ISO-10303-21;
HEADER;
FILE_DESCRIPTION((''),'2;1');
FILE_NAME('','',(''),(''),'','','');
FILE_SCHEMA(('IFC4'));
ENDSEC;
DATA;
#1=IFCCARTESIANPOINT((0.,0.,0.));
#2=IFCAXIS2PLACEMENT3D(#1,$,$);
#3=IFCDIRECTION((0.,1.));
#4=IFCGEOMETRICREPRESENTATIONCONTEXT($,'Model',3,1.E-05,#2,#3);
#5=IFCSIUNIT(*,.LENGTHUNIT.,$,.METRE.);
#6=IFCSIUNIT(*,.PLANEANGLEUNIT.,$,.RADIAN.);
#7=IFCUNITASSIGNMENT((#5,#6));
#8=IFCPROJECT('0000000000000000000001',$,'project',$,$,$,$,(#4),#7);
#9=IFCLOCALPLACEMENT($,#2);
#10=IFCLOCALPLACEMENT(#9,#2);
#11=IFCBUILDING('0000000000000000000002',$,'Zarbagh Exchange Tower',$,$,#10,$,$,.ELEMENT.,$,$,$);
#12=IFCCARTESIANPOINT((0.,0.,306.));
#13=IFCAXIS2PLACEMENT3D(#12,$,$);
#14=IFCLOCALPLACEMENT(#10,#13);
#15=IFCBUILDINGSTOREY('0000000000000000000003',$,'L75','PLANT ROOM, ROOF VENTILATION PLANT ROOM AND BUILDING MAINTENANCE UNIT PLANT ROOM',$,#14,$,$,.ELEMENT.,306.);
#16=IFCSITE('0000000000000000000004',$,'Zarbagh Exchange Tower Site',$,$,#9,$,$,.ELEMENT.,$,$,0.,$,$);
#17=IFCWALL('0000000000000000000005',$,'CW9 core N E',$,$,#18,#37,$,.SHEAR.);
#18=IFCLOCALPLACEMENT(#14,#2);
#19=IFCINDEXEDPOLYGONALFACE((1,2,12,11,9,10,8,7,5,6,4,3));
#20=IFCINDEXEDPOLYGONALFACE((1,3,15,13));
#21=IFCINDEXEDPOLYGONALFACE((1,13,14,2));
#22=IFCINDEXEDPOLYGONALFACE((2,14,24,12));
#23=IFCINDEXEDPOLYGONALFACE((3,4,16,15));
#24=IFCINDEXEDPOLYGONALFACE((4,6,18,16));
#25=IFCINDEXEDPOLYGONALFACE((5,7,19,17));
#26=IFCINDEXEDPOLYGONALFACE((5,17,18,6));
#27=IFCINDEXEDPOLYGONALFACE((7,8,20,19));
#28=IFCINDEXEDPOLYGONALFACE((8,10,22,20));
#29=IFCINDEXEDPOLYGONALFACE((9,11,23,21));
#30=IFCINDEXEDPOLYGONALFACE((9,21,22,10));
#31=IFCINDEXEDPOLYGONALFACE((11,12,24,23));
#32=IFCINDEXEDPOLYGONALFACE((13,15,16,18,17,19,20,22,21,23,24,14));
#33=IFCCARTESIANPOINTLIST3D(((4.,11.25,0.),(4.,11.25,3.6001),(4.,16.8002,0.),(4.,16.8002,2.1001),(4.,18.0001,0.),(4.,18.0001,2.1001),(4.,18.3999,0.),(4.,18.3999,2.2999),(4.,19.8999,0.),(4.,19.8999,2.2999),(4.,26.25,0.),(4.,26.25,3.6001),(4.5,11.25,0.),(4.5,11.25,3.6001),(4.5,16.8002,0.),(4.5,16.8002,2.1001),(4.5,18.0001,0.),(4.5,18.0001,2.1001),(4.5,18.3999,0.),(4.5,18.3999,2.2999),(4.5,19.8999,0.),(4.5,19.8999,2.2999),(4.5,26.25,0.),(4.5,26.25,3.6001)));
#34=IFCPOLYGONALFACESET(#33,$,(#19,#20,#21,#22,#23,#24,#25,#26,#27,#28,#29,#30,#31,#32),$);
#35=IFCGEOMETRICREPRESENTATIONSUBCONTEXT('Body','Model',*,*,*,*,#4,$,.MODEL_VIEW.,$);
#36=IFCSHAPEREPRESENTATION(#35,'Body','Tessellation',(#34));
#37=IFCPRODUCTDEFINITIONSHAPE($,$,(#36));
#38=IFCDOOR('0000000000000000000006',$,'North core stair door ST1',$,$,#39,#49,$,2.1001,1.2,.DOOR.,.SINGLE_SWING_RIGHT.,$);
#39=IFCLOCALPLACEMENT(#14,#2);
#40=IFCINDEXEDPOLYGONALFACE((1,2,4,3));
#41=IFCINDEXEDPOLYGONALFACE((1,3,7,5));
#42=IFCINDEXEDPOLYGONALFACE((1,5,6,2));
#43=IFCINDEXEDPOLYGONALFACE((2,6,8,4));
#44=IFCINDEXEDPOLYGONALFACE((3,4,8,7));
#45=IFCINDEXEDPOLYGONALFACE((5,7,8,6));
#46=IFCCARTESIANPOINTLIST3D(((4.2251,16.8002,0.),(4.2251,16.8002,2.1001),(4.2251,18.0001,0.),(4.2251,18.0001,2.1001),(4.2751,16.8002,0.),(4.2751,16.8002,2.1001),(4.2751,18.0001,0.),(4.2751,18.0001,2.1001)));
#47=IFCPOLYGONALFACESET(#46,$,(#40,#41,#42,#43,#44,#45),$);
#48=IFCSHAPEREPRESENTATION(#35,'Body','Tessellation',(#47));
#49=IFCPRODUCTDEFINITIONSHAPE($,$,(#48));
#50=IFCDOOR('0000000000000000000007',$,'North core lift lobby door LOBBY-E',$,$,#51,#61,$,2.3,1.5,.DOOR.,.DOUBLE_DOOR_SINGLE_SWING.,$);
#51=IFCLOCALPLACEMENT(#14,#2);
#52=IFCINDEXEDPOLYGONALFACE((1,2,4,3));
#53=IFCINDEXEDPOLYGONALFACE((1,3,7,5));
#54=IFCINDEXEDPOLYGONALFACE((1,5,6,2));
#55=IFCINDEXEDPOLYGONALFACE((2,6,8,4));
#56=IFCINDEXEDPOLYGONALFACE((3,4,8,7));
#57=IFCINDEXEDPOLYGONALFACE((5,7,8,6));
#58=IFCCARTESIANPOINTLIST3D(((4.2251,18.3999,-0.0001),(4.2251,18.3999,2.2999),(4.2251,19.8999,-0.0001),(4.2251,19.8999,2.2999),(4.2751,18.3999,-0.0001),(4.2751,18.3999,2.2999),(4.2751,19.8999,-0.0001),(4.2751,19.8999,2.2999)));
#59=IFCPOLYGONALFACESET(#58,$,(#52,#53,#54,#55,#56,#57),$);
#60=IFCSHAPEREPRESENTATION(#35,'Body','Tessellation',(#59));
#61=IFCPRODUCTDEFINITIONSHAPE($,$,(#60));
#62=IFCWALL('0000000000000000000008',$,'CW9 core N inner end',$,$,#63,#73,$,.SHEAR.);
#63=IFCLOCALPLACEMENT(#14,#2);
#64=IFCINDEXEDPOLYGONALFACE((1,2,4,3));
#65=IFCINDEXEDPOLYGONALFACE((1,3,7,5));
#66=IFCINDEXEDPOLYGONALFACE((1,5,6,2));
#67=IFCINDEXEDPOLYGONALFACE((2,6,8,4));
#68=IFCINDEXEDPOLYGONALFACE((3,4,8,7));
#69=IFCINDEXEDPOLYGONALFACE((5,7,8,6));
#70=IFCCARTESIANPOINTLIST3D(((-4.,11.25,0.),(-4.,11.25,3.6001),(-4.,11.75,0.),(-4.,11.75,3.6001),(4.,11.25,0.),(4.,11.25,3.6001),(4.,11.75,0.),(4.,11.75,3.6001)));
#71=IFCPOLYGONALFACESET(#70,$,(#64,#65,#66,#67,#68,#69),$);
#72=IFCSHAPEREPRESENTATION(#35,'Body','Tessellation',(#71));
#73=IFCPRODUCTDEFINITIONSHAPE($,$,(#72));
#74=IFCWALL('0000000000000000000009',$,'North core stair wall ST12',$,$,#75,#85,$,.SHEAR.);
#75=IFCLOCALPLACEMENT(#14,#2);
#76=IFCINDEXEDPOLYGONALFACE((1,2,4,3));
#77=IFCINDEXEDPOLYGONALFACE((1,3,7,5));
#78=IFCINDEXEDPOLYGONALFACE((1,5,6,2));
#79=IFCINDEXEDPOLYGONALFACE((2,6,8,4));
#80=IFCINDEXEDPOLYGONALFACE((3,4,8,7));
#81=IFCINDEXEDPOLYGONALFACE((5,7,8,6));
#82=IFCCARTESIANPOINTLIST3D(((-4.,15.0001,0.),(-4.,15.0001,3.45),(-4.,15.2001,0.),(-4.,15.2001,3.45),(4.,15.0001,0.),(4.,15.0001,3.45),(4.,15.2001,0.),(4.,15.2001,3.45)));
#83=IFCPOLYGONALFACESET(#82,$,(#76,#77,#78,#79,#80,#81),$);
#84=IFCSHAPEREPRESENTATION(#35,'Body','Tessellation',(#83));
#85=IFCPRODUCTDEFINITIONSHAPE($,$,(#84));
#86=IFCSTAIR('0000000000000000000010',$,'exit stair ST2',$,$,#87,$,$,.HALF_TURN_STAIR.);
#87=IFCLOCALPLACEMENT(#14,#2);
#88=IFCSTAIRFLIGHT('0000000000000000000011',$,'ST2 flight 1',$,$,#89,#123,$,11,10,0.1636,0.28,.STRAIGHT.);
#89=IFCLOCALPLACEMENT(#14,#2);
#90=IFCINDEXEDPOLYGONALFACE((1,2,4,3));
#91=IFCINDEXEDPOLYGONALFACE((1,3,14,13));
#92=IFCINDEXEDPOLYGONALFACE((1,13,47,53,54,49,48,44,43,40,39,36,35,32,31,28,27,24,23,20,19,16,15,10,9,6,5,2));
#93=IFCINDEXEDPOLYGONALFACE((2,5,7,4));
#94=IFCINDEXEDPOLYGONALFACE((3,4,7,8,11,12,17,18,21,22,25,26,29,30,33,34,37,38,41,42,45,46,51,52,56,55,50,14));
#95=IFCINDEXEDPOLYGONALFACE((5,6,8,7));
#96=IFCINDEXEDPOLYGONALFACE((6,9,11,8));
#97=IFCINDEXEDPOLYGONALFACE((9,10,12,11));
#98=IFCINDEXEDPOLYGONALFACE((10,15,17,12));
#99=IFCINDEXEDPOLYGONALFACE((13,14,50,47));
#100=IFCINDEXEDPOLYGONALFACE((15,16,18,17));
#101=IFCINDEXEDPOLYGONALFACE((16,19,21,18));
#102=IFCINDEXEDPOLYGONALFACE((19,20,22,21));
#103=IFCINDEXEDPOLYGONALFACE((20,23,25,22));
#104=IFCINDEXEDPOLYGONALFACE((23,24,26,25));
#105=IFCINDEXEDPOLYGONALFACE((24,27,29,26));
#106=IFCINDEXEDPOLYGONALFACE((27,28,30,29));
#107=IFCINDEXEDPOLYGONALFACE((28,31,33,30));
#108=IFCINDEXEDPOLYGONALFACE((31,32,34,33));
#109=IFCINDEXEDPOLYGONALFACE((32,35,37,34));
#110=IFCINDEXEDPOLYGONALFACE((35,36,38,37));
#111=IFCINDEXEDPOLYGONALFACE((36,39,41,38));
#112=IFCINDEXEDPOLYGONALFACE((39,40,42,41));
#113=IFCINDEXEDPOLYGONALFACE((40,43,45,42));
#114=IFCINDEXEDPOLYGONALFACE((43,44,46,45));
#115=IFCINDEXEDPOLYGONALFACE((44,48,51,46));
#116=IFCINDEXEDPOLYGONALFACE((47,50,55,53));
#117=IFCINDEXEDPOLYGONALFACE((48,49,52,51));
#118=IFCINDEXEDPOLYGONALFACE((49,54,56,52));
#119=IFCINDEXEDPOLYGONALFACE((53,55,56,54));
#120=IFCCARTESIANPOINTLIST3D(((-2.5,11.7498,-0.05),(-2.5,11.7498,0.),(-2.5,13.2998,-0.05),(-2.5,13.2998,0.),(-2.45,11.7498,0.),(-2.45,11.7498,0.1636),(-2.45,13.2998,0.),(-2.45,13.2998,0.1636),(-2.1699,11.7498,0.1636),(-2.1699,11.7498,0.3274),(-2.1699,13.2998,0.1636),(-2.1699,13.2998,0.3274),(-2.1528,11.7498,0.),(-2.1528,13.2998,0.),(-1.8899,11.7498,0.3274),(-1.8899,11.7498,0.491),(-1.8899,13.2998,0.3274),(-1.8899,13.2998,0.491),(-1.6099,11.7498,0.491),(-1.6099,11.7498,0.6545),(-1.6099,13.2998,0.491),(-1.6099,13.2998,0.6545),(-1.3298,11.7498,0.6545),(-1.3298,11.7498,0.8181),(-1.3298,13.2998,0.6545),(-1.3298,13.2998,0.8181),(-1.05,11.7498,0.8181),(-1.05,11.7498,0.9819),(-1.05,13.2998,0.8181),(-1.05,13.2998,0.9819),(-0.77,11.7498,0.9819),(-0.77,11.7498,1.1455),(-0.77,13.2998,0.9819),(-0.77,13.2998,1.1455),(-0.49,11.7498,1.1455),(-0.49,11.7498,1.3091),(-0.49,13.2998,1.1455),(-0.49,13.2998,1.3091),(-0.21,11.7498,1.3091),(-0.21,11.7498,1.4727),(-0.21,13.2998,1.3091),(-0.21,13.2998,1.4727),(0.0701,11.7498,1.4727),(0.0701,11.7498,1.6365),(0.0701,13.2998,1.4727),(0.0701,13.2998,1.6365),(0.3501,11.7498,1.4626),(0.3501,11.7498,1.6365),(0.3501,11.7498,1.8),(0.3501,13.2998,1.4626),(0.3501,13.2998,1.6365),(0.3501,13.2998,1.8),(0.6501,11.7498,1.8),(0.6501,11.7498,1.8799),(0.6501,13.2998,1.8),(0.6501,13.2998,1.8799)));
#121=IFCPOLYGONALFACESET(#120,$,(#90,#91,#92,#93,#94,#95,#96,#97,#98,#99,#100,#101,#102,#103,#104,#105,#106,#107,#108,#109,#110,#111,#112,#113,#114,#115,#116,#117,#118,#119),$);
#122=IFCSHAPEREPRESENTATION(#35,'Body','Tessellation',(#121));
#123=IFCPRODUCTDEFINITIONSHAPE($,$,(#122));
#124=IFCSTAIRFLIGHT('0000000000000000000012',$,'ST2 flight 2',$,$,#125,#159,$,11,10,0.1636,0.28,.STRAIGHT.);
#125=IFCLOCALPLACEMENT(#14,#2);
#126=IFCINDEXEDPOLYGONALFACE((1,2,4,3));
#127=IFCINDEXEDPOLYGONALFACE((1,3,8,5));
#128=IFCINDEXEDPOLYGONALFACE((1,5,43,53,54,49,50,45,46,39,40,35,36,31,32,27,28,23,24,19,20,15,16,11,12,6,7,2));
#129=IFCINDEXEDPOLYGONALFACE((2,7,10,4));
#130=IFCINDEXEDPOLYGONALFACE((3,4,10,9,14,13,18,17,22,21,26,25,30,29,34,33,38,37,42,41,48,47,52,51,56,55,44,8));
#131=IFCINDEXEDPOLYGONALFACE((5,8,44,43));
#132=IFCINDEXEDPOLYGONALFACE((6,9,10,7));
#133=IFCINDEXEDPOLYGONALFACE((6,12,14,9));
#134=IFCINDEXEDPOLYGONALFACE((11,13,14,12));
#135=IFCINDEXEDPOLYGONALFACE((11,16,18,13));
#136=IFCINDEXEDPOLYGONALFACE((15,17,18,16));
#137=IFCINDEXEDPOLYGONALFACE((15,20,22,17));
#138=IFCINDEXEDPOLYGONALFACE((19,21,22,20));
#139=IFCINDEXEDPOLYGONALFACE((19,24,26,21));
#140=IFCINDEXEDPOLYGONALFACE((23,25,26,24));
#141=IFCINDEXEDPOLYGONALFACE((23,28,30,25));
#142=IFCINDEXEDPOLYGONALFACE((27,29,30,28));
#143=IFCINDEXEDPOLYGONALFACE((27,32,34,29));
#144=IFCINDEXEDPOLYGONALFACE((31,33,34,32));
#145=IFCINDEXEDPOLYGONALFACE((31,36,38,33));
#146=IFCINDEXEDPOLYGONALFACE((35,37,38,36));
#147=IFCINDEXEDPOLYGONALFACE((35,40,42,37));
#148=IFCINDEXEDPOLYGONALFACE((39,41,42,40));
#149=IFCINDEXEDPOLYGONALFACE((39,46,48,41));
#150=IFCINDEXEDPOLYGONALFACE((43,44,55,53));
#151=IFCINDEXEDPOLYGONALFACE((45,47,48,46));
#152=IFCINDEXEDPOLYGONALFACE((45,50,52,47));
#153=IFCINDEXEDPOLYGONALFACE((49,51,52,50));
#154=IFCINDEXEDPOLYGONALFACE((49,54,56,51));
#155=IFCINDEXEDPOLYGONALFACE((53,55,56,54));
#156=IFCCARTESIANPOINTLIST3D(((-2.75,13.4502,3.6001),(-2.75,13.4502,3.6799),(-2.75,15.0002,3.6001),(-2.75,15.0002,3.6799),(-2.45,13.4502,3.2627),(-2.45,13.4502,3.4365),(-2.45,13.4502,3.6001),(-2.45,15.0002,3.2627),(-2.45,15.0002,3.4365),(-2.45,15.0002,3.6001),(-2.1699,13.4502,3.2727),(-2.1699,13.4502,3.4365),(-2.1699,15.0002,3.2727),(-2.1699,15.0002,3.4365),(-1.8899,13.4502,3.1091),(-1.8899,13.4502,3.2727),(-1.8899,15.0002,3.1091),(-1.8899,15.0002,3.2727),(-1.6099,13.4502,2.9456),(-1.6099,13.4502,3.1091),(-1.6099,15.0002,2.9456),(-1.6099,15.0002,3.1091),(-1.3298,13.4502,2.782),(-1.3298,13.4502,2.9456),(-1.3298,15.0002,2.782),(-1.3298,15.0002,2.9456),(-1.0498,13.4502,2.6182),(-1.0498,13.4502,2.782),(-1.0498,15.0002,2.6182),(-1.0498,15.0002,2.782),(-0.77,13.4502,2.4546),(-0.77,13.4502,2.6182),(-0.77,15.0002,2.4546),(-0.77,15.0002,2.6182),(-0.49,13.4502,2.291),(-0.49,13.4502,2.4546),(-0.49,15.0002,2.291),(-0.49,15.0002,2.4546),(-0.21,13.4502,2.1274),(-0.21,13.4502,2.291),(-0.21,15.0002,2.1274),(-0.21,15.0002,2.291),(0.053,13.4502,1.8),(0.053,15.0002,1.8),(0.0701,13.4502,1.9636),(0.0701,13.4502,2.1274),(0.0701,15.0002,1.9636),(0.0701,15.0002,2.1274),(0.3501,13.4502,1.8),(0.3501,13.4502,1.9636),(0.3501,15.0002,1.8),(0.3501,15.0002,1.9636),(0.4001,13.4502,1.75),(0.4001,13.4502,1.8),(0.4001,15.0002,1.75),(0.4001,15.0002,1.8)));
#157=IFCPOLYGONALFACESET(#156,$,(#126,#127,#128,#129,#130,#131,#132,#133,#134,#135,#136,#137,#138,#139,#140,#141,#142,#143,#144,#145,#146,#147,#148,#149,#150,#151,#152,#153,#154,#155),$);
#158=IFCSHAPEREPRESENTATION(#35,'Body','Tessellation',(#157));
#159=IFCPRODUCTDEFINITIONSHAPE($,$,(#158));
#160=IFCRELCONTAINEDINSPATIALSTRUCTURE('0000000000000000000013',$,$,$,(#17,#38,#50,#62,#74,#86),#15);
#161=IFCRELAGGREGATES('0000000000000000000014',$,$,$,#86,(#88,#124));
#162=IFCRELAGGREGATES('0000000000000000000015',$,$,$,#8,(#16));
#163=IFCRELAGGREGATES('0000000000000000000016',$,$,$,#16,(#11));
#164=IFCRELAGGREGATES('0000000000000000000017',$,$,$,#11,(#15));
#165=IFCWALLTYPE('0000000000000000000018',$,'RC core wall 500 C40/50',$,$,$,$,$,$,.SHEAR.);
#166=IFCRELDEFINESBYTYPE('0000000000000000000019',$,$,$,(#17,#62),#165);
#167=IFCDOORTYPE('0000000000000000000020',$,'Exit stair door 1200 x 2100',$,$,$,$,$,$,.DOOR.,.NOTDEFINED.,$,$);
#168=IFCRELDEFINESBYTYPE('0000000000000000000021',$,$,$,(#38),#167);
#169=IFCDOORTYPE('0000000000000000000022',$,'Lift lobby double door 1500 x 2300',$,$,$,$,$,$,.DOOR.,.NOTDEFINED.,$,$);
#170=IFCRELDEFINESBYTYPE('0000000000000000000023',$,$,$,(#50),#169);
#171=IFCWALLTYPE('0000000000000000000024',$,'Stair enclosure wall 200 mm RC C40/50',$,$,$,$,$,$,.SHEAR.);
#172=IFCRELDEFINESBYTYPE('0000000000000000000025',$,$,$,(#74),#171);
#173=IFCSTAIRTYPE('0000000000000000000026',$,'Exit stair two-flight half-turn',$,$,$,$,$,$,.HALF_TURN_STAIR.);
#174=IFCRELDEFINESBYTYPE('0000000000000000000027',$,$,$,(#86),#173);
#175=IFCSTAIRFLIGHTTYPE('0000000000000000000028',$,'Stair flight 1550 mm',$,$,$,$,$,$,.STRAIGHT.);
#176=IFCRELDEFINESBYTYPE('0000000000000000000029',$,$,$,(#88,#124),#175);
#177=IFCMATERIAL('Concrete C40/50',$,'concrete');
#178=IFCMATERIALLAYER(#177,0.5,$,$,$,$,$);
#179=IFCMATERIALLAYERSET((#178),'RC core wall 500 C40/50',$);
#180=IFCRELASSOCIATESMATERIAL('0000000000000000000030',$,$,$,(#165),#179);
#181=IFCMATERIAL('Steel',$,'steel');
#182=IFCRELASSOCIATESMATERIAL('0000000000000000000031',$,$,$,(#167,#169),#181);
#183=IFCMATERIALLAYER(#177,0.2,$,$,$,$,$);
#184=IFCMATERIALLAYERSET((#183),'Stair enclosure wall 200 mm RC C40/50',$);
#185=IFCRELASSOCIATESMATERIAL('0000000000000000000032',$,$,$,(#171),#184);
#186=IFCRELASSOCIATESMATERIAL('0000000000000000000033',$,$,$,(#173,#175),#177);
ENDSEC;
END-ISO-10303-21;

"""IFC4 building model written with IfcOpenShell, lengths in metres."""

from ifc_helpers import new_model, si_unit, direction, frame, frame_2d, origin, place, context, subcontext, project, spatial, polyline, rectangle, outline, extrude, material, layer, layer_set, type_object, element, fill, aggregate, save


model = new_model("IFC4")

# Units and contexts
model_context = context("Model", 3, precision=1e-05, world=origin(), true_north=direction((0.0, 1.0)))
body_context = subcontext(model_context, "Body", "Model", "MODEL_VIEW")
ifc_project = project(units=[si_unit("LENGTHUNIT", "METRE"), si_unit("PLANEANGLEUNIT", "RADIAN")], contexts=[model_context])

# Site, building, storey
site_placement = place(None, origin())
site = spatial("IfcSite", under=ifc_project, at=site_placement, Name="Zarbagh Exchange Tower Site", CompositionType="ELEMENT", RefElevation=0.0)
building_placement = place(site_placement, origin())
building = spatial("IfcBuilding", under=site, at=building_placement, Name="Zarbagh Exchange Tower", CompositionType="ELEMENT")
storey_placement = place(building_placement, frame((0.0, 0.0, 306.0)))
storey = spatial("IfcBuildingStorey", under=building, at=storey_placement, Name="L75", Description="PLANT ROOM, ROOF VENTILATION PLANT ROOM AND BUILDING MAINTENANCE UNIT PLANT ROOM", CompositionType="ELEMENT", Elevation=306.0)

# Shared definitions
ifc_material_1 = material(Name="Concrete C40/50", Category="concrete")

# Wall, openings, doors
ifc_layer_1 = layer(ifc_material_1, 0.5)
ifc_layer_set_1 = layer_set([ifc_layer_1], Name="RC core wall 500 C40/50")
wall_type_1 = type_object("IfcWallType", Name="RC core wall 500 C40/50", PredefinedType="SHEAR", material=ifc_layer_set_1)
ifc_material_2 = material(Name="Steel", Category="steel")
door_type_1 = type_object("IfcDoorType", Name="Exit stair door 1200 x 2100", OperationType="NOTDEFINED", PredefinedType="DOOR", material=ifc_material_2)
door_type_2 = type_object("IfcDoorType", Name="Lift lobby double door 1500 x 2300", OperationType="NOTDEFINED", PredefinedType="DOOR", material=ifc_material_2)
wall_1_placement = place(storey_placement, frame((4.25, 11.25, 0.0), z_axis=(0.0, 0.0, 1.0), x_axis=(0.0, 1.0, 0.0)))
wall_1 = element("IfcWall", 1, at=wall_1_placement, inside=storey, type_object=wall_type_1, Name="CW9 core N E", PredefinedType="SHEAR", context=body_context, shape_type="SweptSolid", body=[
    extrude(rectangle(XDim=15.0, YDim=0.5, at=frame_2d((7.5, 0.0))), origin(), (0.0, 0.0, 1.0), 3.6001),
])
opening_1_placement = place(wall_1_placement, frame((7.1499, 0.0, 0.0)))
opening_1 = element("IfcOpeningElement", 2, at=opening_1_placement, cuts=wall_1, PredefinedType="OPENING", context=body_context, shape_type="SweptSolid", body=[
    extrude(rectangle(XDim=1.5, YDim=2.3, at=frame_2d((0.75, 1.1499))), frame((0.0, 0.26, 0.0), z_axis=(0.0, -1.0, 0.0), x_axis=(1.0, 0.0, 0.0)), (0.0, 0.0, 1.0), 0.52),
])
opening_2_placement = place(wall_1_placement, frame((5.55, 0.0, 0.0)))
opening_2 = element("IfcOpeningElement", 3, at=opening_2_placement, cuts=wall_1, PredefinedType="OPENING", context=body_context, shape_type="SweptSolid", body=[
    extrude(rectangle(XDim=1.2, YDim=2.1001, at=frame_2d((0.6001, 1.05))), frame((0.0, 0.26, 0.0), z_axis=(0.0, -1.0, 0.0), x_axis=(1.0, 0.0, 0.0)), (0.0, 0.0, 1.0), 0.52),
])
door_1_placement = place(opening_2_placement, origin())
door_1 = element("IfcDoor", 4, at=door_1_placement, inside=storey, type_object=door_type_1, Name="North core stair door ST1", OperationType="SINGLE_SWING_RIGHT", OverallHeight=2.1001, OverallWidth=1.2, PredefinedType="DOOR", context=body_context, shape_type="SweptSolid", body=[
    extrude(rectangle(XDim=1.2, YDim=2.1001, at=frame_2d((0.6001, 1.05))), frame((0.0, 0.0249, 0.0), z_axis=(0.0, -1.0, 0.0), x_axis=(1.0, 0.0, 0.0)), (0.0, 0.0, 1.0), 0.05),
])
fill(opening_2, door_1)
door_2_placement = place(opening_1_placement, origin())
door_2 = element("IfcDoor", 5, at=door_2_placement, inside=storey, type_object=door_type_2, Name="North core lift lobby door LOBBY-E", OperationType="DOUBLE_DOOR_SINGLE_SWING", OverallHeight=2.3, OverallWidth=1.5, PredefinedType="DOOR", context=body_context, shape_type="SweptSolid", body=[
    extrude(rectangle(XDim=1.5, YDim=2.3, at=frame_2d((0.75, 1.1499))), frame((0.0, 0.0249, 0.0), z_axis=(0.0, -1.0, 0.0), x_axis=(1.0, 0.0, 0.0)), (0.0, 0.0, 1.0), 0.05),
])
fill(opening_1, door_2)

# Walls
wall_2_placement = place(storey_placement, frame((-4.0, 11.5, 0.0), z_axis=(0.0, 0.0, 1.0), x_axis=(1.0, 0.0, 0.0)))
element("IfcWall", 6, at=wall_2_placement, inside=storey, type_object=wall_type_1, Name="CW9 core N inner end", PredefinedType="SHEAR", context=body_context, shape_type="SweptSolid", body=[
    extrude(rectangle(XDim=8.0, YDim=0.5, at=frame_2d((4.0, 0.0))), origin(), (0.0, 0.0, 1.0), 3.6001),
])
ifc_layer_2 = layer(ifc_material_1, 0.2)
ifc_layer_set_2 = layer_set([ifc_layer_2], Name="Stair enclosure wall 200 mm RC C40/50")
wall_type_2 = type_object("IfcWallType", Name="Stair enclosure wall 200 mm RC C40/50", PredefinedType="SHEAR", material=ifc_layer_set_2)
wall_3_placement = place(storey_placement, frame((-4.0, 15.1001, 0.0), z_axis=(0.0, 0.0, 1.0), x_axis=(1.0, 0.0, 0.0)))
element("IfcWall", 7, at=wall_3_placement, inside=storey, type_object=wall_type_2, Name="North core stair wall ST12", PredefinedType="SHEAR", context=body_context, shape_type="SweptSolid", body=[
    extrude(rectangle(XDim=8.0, YDim=0.2, at=frame_2d((4.0, 0.0))), origin(), (0.0, 0.0, 1.0), 3.45),
])

# Stair, stair flights
stair_type = type_object("IfcStairType", Name="Exit stair two-flight half-turn", PredefinedType="HALF_TURN_STAIR", material=ifc_material_1)
stair_placement = place(storey_placement, origin())
stair = element("IfcStair", 8, at=stair_placement, inside=storey, type_object=stair_type, Name="exit stair ST2", PredefinedType="HALF_TURN_STAIR")
stair_flight_type = type_object("IfcStairFlightType", Name="Stair flight 1550 mm", PredefinedType="STRAIGHT", material=ifc_material_1)
stair_flight_1_placement = place(storey_placement, frame((-2.45, 12.5249, 0.0), z_axis=(0.0, 0.0, 1.0), x_axis=(1.0, 0.0, 0.0)))
stair_flight_1 = element("IfcStairFlight", 9, at=stair_flight_1_placement, type_object=stair_flight_type, Name="ST2 flight 1", NumberOfRisers=11, NumberOfTreads=10, PredefinedType="STRAIGHT", RiserHeight=0.1636, TreadLength=0.28, context=body_context, shape_type="SweptSolid", body=[
    extrude(outline(polyline([(-0.05, -0.05), (-0.05, 0.0), (0.0, 0.0), (0.0, 0.1636), (0.28, 0.1636), (0.28, 0.3274), (0.5601, 0.3274), (0.5601, 0.491), (0.8401, 0.491), (0.8401, 0.6545), (1.1201, 0.6545), (1.1201, 0.8181), (1.3999, 0.8181), (1.3999, 0.9819), (1.6799, 0.9819), (1.6799, 1.1455), (1.96, 1.1455), (1.96, 1.3091), (2.24, 1.3091), (2.24, 1.4727), (2.52, 1.4727), (2.52, 1.6365), (2.8, 1.6365), (2.8, 1.8), (3.1001, 1.8799), (3.1001, 1.8), (2.8, 1.4626), (0.2971, 0.0), (-0.05, -0.05)])), frame((0.0, 0.7749, 0.0), z_axis=(0.0, -1.0, 0.0), x_axis=(1.0, 0.0, 0.0)), (0.0, 0.0, 1.0), 1.55),
])
stair_flight_2_placement = place(storey_placement, frame((0.3501, 14.2251, 1.8), z_axis=(0.0, 0.0, 1.0), x_axis=(-1.0, 0.0, 0.0)))
stair_flight_2 = element("IfcStairFlight", 10, at=stair_flight_2_placement, type_object=stair_flight_type, Name="ST2 flight 2", NumberOfRisers=11, NumberOfTreads=10, PredefinedType="STRAIGHT", RiserHeight=0.1636, TreadLength=0.28, context=body_context, shape_type="SweptSolid", body=[
    extrude(outline(polyline([(-0.05, -0.05), (-0.05, 0.0), (0.0, 0.0), (0.0, 0.1636), (0.28, 0.1636), (0.28, 0.3274), (0.5601, 0.3274), (0.5601, 0.491), (0.8401, 0.491), (0.8401, 0.6545), (1.1201, 0.6545), (1.1201, 0.8181), (1.3999, 0.8181), (1.3999, 0.9819), (1.6799, 0.9819), (1.6799, 1.1455), (1.96, 1.1455), (1.96, 1.3091), (2.24, 1.3091), (2.24, 1.4727), (2.52, 1.4727), (2.52, 1.6365), (2.8, 1.6365), (2.8, 1.8), (3.1001, 1.8799), (3.1001, 1.8), (2.8, 1.4626), (0.2971, 0.0), (-0.05, -0.05)])), frame((0.0, 0.7749, 0.0), z_axis=(0.0, -1.0, 0.0), x_axis=(1.0, 0.0, 0.0)), (0.0, 0.0, 1.0), 1.55),
])
aggregate(stair, [stair_flight_1, stair_flight_2])

save(model, "model.ifc")
